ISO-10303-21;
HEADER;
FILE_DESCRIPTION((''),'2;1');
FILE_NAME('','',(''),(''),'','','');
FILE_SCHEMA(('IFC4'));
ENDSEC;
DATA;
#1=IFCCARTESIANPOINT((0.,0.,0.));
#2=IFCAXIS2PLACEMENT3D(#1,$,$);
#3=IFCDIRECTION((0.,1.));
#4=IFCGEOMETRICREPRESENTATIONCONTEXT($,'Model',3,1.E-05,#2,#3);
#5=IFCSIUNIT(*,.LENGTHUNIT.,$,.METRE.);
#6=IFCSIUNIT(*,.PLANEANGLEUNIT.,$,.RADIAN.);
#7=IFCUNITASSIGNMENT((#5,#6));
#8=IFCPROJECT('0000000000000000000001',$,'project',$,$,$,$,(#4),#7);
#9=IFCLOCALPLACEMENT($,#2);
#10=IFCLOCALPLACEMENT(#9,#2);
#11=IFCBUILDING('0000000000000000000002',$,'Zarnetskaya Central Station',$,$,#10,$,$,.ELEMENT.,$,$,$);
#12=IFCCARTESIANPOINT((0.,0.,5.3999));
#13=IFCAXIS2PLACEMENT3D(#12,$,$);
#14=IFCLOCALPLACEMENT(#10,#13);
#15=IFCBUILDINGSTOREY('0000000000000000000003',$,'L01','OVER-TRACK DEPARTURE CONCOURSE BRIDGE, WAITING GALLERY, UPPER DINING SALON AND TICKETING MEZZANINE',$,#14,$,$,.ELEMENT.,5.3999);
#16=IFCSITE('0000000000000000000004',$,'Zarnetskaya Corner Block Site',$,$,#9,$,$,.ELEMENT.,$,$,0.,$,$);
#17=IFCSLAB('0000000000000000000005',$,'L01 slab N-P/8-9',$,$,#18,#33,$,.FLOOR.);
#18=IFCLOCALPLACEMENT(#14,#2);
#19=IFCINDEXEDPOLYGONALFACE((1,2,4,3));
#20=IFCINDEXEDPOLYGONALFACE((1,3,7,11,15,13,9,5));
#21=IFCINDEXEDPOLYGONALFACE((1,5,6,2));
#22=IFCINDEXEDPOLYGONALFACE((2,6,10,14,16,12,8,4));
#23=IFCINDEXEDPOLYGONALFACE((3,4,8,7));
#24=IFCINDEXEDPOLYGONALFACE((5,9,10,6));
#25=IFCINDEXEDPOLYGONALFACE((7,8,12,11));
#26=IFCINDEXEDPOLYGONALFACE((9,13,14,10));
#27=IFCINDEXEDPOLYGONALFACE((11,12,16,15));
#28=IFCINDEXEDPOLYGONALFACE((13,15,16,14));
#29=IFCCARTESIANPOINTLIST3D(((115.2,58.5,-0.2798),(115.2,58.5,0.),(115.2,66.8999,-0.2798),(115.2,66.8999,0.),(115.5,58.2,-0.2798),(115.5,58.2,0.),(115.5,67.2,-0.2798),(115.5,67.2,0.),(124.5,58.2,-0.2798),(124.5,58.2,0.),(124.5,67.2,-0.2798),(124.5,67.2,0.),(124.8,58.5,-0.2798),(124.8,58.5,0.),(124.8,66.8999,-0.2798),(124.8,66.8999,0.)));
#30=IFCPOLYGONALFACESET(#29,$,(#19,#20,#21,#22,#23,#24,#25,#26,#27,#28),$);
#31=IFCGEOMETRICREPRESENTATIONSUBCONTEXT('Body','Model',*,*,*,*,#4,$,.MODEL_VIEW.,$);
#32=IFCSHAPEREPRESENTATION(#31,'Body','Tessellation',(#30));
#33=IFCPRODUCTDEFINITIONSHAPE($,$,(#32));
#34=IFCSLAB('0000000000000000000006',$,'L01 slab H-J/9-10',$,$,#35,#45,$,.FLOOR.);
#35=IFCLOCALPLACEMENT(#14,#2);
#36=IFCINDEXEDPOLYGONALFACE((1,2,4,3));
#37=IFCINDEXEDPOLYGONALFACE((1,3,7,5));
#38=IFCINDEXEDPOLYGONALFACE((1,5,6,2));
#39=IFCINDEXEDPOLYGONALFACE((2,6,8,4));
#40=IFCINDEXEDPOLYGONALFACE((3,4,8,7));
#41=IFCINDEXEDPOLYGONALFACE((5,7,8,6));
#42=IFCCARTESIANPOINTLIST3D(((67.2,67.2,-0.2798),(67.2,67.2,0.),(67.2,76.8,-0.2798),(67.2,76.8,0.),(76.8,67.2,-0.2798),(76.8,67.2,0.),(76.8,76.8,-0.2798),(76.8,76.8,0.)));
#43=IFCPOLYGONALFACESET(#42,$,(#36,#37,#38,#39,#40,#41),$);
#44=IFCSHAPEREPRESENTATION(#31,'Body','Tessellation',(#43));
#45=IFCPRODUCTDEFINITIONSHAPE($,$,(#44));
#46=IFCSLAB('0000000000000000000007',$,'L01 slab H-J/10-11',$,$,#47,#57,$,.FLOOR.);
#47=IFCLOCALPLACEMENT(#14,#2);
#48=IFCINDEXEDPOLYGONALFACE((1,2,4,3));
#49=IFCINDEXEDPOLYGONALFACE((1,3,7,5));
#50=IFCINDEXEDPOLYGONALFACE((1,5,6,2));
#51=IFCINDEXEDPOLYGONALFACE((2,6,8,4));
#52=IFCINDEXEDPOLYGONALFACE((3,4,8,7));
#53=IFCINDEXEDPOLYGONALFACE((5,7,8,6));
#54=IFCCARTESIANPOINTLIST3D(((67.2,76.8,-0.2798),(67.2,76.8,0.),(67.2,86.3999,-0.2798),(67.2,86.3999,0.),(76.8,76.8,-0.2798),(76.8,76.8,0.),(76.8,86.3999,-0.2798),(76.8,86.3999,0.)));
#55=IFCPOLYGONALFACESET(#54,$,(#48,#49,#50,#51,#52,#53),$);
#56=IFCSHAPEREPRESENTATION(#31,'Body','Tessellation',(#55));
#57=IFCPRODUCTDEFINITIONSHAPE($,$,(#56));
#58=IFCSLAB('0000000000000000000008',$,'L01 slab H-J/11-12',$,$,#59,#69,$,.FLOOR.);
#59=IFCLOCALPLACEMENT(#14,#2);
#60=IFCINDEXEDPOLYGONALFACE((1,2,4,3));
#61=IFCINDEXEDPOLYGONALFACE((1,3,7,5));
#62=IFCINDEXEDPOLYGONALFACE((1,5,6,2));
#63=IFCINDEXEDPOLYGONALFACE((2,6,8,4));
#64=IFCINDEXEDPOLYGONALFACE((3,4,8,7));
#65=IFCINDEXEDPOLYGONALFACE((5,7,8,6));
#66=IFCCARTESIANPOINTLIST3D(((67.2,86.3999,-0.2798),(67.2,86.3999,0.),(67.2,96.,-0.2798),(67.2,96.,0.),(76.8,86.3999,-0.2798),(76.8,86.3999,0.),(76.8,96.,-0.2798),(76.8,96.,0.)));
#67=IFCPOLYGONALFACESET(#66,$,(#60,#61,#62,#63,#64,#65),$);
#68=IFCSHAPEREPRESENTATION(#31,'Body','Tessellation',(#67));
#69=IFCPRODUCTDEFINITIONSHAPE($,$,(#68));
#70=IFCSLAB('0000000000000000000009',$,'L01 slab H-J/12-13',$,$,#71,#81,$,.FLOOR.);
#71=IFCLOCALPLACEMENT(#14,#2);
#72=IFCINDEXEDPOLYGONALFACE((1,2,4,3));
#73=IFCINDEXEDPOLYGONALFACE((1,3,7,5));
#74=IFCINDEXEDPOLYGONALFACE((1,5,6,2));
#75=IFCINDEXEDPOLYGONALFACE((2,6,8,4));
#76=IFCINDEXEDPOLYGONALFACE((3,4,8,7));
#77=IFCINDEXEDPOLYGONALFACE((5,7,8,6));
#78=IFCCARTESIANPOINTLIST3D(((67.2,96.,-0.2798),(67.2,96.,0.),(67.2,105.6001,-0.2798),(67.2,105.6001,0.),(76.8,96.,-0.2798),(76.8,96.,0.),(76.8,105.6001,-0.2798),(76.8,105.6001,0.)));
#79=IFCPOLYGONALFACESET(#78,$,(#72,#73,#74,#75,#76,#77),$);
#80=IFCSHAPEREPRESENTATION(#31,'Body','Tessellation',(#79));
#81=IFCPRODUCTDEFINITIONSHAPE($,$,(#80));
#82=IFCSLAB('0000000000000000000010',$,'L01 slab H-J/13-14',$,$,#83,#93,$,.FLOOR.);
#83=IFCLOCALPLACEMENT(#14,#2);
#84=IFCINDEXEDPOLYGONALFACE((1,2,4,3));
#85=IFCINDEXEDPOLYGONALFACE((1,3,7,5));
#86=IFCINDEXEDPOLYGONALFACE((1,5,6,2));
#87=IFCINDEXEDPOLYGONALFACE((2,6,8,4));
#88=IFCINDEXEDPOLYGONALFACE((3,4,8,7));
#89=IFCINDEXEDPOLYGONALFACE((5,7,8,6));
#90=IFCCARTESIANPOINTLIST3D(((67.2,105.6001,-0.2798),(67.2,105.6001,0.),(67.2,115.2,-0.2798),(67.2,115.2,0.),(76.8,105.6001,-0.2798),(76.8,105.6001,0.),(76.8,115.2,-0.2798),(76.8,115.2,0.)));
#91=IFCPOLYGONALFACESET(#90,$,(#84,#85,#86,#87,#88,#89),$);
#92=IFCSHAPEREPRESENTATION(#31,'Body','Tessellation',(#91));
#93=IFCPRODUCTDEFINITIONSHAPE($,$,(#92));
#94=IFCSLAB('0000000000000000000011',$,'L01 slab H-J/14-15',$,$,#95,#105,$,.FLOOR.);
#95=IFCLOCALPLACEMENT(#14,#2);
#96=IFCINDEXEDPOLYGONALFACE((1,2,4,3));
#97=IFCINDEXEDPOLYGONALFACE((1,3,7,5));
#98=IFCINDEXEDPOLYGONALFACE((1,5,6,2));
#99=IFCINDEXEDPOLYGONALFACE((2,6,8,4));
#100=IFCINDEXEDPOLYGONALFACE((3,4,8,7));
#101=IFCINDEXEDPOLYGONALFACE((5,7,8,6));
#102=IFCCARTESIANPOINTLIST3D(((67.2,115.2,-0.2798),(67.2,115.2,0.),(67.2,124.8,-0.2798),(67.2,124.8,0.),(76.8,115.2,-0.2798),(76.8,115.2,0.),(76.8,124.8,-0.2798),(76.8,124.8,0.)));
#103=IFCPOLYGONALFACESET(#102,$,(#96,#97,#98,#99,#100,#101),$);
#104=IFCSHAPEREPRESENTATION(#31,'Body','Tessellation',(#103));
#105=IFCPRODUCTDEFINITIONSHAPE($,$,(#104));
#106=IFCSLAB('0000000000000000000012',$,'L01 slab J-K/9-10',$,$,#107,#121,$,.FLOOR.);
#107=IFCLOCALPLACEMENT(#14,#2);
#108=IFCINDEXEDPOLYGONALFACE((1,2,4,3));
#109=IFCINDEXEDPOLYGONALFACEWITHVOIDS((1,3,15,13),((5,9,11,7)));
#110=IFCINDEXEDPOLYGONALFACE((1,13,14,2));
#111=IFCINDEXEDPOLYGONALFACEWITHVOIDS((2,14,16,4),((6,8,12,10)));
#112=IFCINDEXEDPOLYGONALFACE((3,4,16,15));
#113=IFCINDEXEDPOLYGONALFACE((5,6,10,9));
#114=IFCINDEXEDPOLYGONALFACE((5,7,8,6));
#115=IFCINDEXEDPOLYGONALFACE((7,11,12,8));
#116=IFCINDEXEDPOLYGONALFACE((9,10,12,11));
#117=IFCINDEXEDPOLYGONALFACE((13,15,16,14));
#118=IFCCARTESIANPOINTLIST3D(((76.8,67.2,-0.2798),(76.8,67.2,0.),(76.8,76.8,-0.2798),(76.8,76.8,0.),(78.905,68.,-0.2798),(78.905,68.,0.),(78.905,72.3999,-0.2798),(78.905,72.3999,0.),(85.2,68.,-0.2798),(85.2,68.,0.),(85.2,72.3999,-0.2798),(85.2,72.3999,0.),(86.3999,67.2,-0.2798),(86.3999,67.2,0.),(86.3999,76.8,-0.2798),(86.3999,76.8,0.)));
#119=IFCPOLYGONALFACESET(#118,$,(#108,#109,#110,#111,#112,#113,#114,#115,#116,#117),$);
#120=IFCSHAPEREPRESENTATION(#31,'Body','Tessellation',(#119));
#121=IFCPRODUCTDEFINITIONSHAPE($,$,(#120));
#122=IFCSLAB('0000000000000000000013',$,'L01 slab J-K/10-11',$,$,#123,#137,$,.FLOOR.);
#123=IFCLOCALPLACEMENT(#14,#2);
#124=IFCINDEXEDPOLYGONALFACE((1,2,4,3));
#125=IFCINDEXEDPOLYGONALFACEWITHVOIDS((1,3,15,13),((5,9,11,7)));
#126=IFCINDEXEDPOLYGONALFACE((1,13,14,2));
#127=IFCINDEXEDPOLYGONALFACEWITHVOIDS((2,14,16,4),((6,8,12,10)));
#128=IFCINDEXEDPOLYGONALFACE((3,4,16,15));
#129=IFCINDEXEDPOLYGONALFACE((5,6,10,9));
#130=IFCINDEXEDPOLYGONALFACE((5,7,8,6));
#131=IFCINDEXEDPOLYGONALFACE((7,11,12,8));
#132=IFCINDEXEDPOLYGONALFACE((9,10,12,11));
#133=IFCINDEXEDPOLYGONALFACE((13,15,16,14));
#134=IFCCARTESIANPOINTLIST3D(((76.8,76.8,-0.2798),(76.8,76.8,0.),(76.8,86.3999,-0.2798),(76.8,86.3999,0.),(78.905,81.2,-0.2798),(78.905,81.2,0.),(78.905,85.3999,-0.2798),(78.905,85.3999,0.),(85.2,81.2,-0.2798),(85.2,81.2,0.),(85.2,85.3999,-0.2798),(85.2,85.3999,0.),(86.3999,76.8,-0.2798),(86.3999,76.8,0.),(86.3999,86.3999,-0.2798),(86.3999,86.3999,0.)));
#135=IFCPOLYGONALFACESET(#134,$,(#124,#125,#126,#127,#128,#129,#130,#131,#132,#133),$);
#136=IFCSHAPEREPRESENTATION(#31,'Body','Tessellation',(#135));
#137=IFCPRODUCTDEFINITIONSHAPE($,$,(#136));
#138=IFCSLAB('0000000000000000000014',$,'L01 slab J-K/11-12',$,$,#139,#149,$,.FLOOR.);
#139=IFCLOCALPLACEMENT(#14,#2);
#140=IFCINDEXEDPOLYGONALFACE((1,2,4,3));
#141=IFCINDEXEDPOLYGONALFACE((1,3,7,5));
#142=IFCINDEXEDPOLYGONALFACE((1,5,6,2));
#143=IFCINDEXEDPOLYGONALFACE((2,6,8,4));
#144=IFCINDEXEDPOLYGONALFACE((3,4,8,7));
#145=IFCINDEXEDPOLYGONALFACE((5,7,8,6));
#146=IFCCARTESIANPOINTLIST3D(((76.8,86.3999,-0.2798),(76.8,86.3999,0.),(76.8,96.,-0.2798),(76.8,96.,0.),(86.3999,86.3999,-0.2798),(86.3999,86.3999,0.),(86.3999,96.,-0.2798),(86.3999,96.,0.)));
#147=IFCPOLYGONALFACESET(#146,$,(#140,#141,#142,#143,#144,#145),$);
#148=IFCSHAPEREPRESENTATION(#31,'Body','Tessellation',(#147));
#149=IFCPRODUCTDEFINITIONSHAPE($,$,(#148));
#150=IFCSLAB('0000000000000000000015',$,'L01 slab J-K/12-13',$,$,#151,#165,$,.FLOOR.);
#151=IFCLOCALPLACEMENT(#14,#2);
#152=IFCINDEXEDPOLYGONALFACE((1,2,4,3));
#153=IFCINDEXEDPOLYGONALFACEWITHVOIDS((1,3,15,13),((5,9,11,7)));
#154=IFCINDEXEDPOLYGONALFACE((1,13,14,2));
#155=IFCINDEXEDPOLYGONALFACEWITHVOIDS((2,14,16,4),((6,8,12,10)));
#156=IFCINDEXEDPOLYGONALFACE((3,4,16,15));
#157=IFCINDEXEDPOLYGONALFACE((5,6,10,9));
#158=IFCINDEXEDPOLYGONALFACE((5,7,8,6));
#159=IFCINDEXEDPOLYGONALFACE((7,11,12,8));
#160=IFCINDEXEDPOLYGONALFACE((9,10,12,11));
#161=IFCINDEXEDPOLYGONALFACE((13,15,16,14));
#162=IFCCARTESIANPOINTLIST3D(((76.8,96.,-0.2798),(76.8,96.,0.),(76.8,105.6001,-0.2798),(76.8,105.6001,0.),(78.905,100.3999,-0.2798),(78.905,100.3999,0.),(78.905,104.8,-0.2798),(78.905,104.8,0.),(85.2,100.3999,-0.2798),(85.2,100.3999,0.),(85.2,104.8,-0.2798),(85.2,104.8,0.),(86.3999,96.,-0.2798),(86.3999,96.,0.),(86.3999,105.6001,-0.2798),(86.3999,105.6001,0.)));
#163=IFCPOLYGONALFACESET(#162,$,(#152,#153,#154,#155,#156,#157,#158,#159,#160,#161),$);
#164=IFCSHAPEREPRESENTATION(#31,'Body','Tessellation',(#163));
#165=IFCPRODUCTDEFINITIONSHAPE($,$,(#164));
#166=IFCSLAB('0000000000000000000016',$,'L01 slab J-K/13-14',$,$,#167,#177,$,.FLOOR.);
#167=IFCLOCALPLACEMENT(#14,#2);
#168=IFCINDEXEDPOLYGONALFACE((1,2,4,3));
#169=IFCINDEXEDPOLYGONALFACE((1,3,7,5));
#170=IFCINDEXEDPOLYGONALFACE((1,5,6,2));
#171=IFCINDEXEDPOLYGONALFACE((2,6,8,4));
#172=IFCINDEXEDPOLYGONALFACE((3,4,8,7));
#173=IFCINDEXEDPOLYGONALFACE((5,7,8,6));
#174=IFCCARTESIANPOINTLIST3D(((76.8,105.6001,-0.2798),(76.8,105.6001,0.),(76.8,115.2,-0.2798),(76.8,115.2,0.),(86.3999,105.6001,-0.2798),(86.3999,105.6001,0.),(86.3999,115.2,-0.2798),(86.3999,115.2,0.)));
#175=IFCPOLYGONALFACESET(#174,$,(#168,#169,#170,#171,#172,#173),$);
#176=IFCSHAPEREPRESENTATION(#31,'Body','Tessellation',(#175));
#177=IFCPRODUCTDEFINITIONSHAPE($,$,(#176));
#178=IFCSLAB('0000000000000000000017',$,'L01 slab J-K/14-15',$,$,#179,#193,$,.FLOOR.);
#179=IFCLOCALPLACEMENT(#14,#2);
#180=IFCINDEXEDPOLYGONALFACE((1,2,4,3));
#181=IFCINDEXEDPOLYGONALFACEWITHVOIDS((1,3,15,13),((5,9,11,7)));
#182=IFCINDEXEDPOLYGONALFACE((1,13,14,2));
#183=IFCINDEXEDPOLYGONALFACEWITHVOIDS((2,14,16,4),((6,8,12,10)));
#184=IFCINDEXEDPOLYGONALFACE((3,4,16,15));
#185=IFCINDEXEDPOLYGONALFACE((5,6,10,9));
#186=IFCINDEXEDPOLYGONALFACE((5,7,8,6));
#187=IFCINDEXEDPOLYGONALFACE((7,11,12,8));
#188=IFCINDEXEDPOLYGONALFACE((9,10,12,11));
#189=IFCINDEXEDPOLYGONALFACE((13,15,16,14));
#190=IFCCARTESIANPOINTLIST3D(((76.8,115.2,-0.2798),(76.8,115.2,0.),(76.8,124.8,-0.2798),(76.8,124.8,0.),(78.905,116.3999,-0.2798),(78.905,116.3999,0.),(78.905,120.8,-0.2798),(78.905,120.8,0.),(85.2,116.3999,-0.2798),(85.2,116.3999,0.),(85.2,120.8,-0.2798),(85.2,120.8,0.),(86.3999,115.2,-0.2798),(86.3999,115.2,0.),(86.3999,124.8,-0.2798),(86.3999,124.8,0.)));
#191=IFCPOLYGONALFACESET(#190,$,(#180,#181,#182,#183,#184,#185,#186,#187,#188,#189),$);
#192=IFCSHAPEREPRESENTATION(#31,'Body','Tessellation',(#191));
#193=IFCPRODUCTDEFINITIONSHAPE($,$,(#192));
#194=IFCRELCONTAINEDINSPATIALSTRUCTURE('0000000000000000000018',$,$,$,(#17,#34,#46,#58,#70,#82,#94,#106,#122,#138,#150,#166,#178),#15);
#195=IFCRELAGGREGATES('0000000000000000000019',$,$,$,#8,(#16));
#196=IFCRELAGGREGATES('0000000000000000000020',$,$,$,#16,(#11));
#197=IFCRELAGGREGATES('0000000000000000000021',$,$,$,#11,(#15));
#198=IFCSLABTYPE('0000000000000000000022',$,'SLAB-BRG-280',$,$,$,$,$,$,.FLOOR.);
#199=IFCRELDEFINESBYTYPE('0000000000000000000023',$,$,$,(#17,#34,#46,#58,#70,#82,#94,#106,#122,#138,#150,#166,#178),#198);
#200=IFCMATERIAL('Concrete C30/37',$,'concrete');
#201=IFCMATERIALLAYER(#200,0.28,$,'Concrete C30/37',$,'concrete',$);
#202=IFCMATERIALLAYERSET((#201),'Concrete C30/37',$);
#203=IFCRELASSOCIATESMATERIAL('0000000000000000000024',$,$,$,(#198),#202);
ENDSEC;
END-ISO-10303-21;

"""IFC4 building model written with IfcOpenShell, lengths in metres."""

from ifc_helpers import new_model, si_unit, direction, frame, origin, place, context, subcontext, project, spatial, polyline, outline, extrude, material, layer, layer_set, type_object, element, save


model = new_model("IFC4")

# Units and contexts
model_context = context("Model", 3, precision=1e-05, world=origin(), true_north=direction((0.0, 1.0)))
body_context = subcontext(model_context, "Body", "Model", "MODEL_VIEW")
ifc_project = project(units=[si_unit("LENGTHUNIT", "METRE"), si_unit("PLANEANGLEUNIT", "RADIAN")], contexts=[model_context])

# Site, building, storey
site_placement = place(None, origin())
site = spatial("IfcSite", under=ifc_project, at=site_placement, Name="Zarnetskaya Corner Block Site", CompositionType="ELEMENT", RefElevation=0.0)
building_placement = place(site_placement, origin())
building = spatial("IfcBuilding", under=site, at=building_placement, Name="Zarnetskaya Central Station", CompositionType="ELEMENT")
storey_placement = place(building_placement, frame((0.0, 0.0, 5.3999)))
storey = spatial("IfcBuildingStorey", under=building, at=storey_placement, Name="L01", Description="OVER-TRACK DEPARTURE CONCOURSE BRIDGE, WAITING GALLERY, UPPER DINING SALON AND TICKETING MEZZANINE", CompositionType="ELEMENT", Elevation=5.3999)

# Slabs
ifc_material = material(Name="Concrete C30/37", Category="concrete")
ifc_layer = layer(ifc_material, 0.28, Name="Concrete C30/37", Category="concrete")
ifc_layer_set = layer_set([ifc_layer], Name="Concrete C30/37")
slab_type = type_object("IfcSlabType", Name="SLAB-BRG-280", PredefinedType="FLOOR", material=ifc_layer_set)
slab_1_placement = place(storey_placement, frame((0.0, 0.0, -0.2798)))
element("IfcSlab", 1, at=slab_1_placement, inside=storey, type_object=slab_type, Name="L01 slab N-P/8-9", PredefinedType="FLOOR", context=body_context, shape_type="SweptSolid", body=[
    extrude(outline(polyline([(115.5, 58.2), (124.5, 58.2), (124.8, 58.5), (124.8, 66.8999), (124.5, 67.2), (115.5, 67.2), (115.2, 66.8999), (115.2, 58.5), (115.5, 58.2)])), origin(), (0.0, 0.0, 1.0), 0.2798),
])
slab_2_placement = place(storey_placement, frame((0.0, 0.0, -0.2798)))
element("IfcSlab", 2, at=slab_2_placement, inside=storey, type_object=slab_type, Name="L01 slab H-J/9-10", PredefinedType="FLOOR", context=body_context, shape_type="SweptSolid", body=[
    extrude(outline(polyline([(67.2, 67.2), (76.8, 67.2), (76.8, 76.8), (67.2, 76.8), (67.2, 67.2)])), origin(), (0.0, 0.0, 1.0), 0.2798),
])
slab_3_placement = place(storey_placement, frame((0.0, 0.0, -0.2798)))
element("IfcSlab", 3, at=slab_3_placement, inside=storey, type_object=slab_type, Name="L01 slab H-J/10-11", PredefinedType="FLOOR", context=body_context, shape_type="SweptSolid", body=[
    extrude(outline(polyline([(67.2, 76.8), (76.8, 76.8), (76.8, 86.3999), (67.2, 86.3999), (67.2, 76.8)])), origin(), (0.0, 0.0, 1.0), 0.2798),
])
slab_4_placement = place(storey_placement, frame((0.0, 0.0, -0.2798)))
element("IfcSlab", 4, at=slab_4_placement, inside=storey, type_object=slab_type, Name="L01 slab H-J/11-12", PredefinedType="FLOOR", context=body_context, shape_type="SweptSolid", body=[
    extrude(outline(polyline([(67.2, 86.3999), (76.8, 86.3999), (76.8, 96.0), (67.2, 96.0), (67.2, 86.3999)])), origin(), (0.0, 0.0, 1.0), 0.2798),
])
slab_5_placement = place(storey_placement, frame((0.0, 0.0, -0.2798)))
element("IfcSlab", 5, at=slab_5_placement, inside=storey, type_object=slab_type, Name="L01 slab H-J/12-13", PredefinedType="FLOOR", context=body_context, shape_type="SweptSolid", body=[
    extrude(outline(polyline([(67.2, 96.0), (76.8, 96.0), (76.8, 105.6001), (67.2, 105.6001), (67.2, 96.0)])), origin(), (0.0, 0.0, 1.0), 0.2798),
])
slab_6_placement = place(storey_placement, frame((0.0, 0.0, -0.2798)))
element("IfcSlab", 6, at=slab_6_placement, inside=storey, type_object=slab_type, Name="L01 slab H-J/13-14", PredefinedType="FLOOR", context=body_context, shape_type="SweptSolid", body=[
    extrude(outline(polyline([(67.2, 105.6001), (76.8, 105.6001), (76.8, 115.2), (67.2, 115.2), (67.2, 105.6001)])), origin(), (0.0, 0.0, 1.0), 0.2798),
])
slab_7_placement = place(storey_placement, frame((0.0, 0.0, -0.2798)))
element("IfcSlab", 7, at=slab_7_placement, inside=storey, type_object=slab_type, Name="L01 slab H-J/14-15", PredefinedType="FLOOR", context=body_context, shape_type="SweptSolid", body=[
    extrude(outline(polyline([(67.2, 115.2), (76.8, 115.2), (76.8, 124.8), (67.2, 124.8), (67.2, 115.2)])), origin(), (0.0, 0.0, 1.0), 0.2798),
])
slab_8_placement = place(storey_placement, frame((0.0, 0.0, -0.2798)))
element("IfcSlab", 8, at=slab_8_placement, inside=storey, type_object=slab_type, Name="L01 slab J-K/9-10", PredefinedType="FLOOR", context=body_context, shape_type="SweptSolid", body=[
    extrude(outline(polyline([(76.8, 67.2), (86.3999, 67.2), (86.3999, 76.8), (76.8, 76.8), (76.8, 67.2)]), holes=[polyline([(78.905, 68.0), (85.2, 68.0), (85.2, 72.3999), (78.905, 72.3999), (78.905, 68.0)])]), origin(), (0.0, 0.0, 1.0), 0.2798),
])
slab_9_placement = place(storey_placement, frame((0.0, 0.0, -0.2798)))
element("IfcSlab", 9, at=slab_9_placement, inside=storey, type_object=slab_type, Name="L01 slab J-K/10-11", PredefinedType="FLOOR", context=body_context, shape_type="SweptSolid", body=[
    extrude(outline(polyline([(76.8, 76.8), (86.3999, 76.8), (86.3999, 86.3999), (76.8, 86.3999), (76.8, 76.8)]), holes=[polyline([(78.905, 81.2), (85.2, 81.2), (85.2, 85.3999), (78.905, 85.3999), (78.905, 81.2)])]), origin(), (0.0, 0.0, 1.0), 0.2798),
])
slab_10_placement = place(storey_placement, frame((0.0, 0.0, -0.2798)))
element("IfcSlab", 10, at=slab_10_placement, inside=storey, type_object=slab_type, Name="L01 slab J-K/11-12", PredefinedType="FLOOR", context=body_context, shape_type="SweptSolid", body=[
    extrude(outline(polyline([(76.8, 86.3999), (86.3999, 86.3999), (86.3999, 96.0), (76.8, 96.0), (76.8, 86.3999)])), origin(), (0.0, 0.0, 1.0), 0.2798),
])
slab_11_placement = place(storey_placement, frame((0.0, 0.0, -0.2798)))
element("IfcSlab", 11, at=slab_11_placement, inside=storey, type_object=slab_type, Name="L01 slab J-K/12-13", PredefinedType="FLOOR", context=body_context, shape_type="SweptSolid", body=[
    extrude(outline(polyline([(76.8, 96.0), (86.3999, 96.0), (86.3999, 105.6001), (76.8, 105.6001), (76.8, 96.0)]), holes=[polyline([(78.905, 100.3999), (85.2, 100.3999), (85.2, 104.8), (78.905, 104.8), (78.905, 100.3999)])]), origin(), (0.0, 0.0, 1.0), 0.2798),
])
slab_12_placement = place(storey_placement, frame((0.0, 0.0, -0.2798)))
element("IfcSlab", 12, at=slab_12_placement, inside=storey, type_object=slab_type, Name="L01 slab J-K/13-14", PredefinedType="FLOOR", context=body_context, shape_type="SweptSolid", body=[
    extrude(outline(polyline([(76.8, 105.6001), (86.3999, 105.6001), (86.3999, 115.2), (76.8, 115.2), (76.8, 105.6001)])), origin(), (0.0, 0.0, 1.0), 0.2798),
])
slab_13_placement = place(storey_placement, frame((0.0, 0.0, -0.2798)))
element("IfcSlab", 13, at=slab_13_placement, inside=storey, type_object=slab_type, Name="L01 slab J-K/14-15", PredefinedType="FLOOR", context=body_context, shape_type="SweptSolid", body=[
    extrude(outline(polyline([(76.8, 115.2), (86.3999, 115.2), (86.3999, 124.8), (76.8, 124.8), (76.8, 115.2)]), holes=[polyline([(78.905, 116.3999), (85.2, 116.3999), (85.2, 120.8), (78.905, 120.8), (78.905, 116.3999)])]), origin(), (0.0, 0.0, 1.0), 0.2798),
])

save(model, "model.ifc")
